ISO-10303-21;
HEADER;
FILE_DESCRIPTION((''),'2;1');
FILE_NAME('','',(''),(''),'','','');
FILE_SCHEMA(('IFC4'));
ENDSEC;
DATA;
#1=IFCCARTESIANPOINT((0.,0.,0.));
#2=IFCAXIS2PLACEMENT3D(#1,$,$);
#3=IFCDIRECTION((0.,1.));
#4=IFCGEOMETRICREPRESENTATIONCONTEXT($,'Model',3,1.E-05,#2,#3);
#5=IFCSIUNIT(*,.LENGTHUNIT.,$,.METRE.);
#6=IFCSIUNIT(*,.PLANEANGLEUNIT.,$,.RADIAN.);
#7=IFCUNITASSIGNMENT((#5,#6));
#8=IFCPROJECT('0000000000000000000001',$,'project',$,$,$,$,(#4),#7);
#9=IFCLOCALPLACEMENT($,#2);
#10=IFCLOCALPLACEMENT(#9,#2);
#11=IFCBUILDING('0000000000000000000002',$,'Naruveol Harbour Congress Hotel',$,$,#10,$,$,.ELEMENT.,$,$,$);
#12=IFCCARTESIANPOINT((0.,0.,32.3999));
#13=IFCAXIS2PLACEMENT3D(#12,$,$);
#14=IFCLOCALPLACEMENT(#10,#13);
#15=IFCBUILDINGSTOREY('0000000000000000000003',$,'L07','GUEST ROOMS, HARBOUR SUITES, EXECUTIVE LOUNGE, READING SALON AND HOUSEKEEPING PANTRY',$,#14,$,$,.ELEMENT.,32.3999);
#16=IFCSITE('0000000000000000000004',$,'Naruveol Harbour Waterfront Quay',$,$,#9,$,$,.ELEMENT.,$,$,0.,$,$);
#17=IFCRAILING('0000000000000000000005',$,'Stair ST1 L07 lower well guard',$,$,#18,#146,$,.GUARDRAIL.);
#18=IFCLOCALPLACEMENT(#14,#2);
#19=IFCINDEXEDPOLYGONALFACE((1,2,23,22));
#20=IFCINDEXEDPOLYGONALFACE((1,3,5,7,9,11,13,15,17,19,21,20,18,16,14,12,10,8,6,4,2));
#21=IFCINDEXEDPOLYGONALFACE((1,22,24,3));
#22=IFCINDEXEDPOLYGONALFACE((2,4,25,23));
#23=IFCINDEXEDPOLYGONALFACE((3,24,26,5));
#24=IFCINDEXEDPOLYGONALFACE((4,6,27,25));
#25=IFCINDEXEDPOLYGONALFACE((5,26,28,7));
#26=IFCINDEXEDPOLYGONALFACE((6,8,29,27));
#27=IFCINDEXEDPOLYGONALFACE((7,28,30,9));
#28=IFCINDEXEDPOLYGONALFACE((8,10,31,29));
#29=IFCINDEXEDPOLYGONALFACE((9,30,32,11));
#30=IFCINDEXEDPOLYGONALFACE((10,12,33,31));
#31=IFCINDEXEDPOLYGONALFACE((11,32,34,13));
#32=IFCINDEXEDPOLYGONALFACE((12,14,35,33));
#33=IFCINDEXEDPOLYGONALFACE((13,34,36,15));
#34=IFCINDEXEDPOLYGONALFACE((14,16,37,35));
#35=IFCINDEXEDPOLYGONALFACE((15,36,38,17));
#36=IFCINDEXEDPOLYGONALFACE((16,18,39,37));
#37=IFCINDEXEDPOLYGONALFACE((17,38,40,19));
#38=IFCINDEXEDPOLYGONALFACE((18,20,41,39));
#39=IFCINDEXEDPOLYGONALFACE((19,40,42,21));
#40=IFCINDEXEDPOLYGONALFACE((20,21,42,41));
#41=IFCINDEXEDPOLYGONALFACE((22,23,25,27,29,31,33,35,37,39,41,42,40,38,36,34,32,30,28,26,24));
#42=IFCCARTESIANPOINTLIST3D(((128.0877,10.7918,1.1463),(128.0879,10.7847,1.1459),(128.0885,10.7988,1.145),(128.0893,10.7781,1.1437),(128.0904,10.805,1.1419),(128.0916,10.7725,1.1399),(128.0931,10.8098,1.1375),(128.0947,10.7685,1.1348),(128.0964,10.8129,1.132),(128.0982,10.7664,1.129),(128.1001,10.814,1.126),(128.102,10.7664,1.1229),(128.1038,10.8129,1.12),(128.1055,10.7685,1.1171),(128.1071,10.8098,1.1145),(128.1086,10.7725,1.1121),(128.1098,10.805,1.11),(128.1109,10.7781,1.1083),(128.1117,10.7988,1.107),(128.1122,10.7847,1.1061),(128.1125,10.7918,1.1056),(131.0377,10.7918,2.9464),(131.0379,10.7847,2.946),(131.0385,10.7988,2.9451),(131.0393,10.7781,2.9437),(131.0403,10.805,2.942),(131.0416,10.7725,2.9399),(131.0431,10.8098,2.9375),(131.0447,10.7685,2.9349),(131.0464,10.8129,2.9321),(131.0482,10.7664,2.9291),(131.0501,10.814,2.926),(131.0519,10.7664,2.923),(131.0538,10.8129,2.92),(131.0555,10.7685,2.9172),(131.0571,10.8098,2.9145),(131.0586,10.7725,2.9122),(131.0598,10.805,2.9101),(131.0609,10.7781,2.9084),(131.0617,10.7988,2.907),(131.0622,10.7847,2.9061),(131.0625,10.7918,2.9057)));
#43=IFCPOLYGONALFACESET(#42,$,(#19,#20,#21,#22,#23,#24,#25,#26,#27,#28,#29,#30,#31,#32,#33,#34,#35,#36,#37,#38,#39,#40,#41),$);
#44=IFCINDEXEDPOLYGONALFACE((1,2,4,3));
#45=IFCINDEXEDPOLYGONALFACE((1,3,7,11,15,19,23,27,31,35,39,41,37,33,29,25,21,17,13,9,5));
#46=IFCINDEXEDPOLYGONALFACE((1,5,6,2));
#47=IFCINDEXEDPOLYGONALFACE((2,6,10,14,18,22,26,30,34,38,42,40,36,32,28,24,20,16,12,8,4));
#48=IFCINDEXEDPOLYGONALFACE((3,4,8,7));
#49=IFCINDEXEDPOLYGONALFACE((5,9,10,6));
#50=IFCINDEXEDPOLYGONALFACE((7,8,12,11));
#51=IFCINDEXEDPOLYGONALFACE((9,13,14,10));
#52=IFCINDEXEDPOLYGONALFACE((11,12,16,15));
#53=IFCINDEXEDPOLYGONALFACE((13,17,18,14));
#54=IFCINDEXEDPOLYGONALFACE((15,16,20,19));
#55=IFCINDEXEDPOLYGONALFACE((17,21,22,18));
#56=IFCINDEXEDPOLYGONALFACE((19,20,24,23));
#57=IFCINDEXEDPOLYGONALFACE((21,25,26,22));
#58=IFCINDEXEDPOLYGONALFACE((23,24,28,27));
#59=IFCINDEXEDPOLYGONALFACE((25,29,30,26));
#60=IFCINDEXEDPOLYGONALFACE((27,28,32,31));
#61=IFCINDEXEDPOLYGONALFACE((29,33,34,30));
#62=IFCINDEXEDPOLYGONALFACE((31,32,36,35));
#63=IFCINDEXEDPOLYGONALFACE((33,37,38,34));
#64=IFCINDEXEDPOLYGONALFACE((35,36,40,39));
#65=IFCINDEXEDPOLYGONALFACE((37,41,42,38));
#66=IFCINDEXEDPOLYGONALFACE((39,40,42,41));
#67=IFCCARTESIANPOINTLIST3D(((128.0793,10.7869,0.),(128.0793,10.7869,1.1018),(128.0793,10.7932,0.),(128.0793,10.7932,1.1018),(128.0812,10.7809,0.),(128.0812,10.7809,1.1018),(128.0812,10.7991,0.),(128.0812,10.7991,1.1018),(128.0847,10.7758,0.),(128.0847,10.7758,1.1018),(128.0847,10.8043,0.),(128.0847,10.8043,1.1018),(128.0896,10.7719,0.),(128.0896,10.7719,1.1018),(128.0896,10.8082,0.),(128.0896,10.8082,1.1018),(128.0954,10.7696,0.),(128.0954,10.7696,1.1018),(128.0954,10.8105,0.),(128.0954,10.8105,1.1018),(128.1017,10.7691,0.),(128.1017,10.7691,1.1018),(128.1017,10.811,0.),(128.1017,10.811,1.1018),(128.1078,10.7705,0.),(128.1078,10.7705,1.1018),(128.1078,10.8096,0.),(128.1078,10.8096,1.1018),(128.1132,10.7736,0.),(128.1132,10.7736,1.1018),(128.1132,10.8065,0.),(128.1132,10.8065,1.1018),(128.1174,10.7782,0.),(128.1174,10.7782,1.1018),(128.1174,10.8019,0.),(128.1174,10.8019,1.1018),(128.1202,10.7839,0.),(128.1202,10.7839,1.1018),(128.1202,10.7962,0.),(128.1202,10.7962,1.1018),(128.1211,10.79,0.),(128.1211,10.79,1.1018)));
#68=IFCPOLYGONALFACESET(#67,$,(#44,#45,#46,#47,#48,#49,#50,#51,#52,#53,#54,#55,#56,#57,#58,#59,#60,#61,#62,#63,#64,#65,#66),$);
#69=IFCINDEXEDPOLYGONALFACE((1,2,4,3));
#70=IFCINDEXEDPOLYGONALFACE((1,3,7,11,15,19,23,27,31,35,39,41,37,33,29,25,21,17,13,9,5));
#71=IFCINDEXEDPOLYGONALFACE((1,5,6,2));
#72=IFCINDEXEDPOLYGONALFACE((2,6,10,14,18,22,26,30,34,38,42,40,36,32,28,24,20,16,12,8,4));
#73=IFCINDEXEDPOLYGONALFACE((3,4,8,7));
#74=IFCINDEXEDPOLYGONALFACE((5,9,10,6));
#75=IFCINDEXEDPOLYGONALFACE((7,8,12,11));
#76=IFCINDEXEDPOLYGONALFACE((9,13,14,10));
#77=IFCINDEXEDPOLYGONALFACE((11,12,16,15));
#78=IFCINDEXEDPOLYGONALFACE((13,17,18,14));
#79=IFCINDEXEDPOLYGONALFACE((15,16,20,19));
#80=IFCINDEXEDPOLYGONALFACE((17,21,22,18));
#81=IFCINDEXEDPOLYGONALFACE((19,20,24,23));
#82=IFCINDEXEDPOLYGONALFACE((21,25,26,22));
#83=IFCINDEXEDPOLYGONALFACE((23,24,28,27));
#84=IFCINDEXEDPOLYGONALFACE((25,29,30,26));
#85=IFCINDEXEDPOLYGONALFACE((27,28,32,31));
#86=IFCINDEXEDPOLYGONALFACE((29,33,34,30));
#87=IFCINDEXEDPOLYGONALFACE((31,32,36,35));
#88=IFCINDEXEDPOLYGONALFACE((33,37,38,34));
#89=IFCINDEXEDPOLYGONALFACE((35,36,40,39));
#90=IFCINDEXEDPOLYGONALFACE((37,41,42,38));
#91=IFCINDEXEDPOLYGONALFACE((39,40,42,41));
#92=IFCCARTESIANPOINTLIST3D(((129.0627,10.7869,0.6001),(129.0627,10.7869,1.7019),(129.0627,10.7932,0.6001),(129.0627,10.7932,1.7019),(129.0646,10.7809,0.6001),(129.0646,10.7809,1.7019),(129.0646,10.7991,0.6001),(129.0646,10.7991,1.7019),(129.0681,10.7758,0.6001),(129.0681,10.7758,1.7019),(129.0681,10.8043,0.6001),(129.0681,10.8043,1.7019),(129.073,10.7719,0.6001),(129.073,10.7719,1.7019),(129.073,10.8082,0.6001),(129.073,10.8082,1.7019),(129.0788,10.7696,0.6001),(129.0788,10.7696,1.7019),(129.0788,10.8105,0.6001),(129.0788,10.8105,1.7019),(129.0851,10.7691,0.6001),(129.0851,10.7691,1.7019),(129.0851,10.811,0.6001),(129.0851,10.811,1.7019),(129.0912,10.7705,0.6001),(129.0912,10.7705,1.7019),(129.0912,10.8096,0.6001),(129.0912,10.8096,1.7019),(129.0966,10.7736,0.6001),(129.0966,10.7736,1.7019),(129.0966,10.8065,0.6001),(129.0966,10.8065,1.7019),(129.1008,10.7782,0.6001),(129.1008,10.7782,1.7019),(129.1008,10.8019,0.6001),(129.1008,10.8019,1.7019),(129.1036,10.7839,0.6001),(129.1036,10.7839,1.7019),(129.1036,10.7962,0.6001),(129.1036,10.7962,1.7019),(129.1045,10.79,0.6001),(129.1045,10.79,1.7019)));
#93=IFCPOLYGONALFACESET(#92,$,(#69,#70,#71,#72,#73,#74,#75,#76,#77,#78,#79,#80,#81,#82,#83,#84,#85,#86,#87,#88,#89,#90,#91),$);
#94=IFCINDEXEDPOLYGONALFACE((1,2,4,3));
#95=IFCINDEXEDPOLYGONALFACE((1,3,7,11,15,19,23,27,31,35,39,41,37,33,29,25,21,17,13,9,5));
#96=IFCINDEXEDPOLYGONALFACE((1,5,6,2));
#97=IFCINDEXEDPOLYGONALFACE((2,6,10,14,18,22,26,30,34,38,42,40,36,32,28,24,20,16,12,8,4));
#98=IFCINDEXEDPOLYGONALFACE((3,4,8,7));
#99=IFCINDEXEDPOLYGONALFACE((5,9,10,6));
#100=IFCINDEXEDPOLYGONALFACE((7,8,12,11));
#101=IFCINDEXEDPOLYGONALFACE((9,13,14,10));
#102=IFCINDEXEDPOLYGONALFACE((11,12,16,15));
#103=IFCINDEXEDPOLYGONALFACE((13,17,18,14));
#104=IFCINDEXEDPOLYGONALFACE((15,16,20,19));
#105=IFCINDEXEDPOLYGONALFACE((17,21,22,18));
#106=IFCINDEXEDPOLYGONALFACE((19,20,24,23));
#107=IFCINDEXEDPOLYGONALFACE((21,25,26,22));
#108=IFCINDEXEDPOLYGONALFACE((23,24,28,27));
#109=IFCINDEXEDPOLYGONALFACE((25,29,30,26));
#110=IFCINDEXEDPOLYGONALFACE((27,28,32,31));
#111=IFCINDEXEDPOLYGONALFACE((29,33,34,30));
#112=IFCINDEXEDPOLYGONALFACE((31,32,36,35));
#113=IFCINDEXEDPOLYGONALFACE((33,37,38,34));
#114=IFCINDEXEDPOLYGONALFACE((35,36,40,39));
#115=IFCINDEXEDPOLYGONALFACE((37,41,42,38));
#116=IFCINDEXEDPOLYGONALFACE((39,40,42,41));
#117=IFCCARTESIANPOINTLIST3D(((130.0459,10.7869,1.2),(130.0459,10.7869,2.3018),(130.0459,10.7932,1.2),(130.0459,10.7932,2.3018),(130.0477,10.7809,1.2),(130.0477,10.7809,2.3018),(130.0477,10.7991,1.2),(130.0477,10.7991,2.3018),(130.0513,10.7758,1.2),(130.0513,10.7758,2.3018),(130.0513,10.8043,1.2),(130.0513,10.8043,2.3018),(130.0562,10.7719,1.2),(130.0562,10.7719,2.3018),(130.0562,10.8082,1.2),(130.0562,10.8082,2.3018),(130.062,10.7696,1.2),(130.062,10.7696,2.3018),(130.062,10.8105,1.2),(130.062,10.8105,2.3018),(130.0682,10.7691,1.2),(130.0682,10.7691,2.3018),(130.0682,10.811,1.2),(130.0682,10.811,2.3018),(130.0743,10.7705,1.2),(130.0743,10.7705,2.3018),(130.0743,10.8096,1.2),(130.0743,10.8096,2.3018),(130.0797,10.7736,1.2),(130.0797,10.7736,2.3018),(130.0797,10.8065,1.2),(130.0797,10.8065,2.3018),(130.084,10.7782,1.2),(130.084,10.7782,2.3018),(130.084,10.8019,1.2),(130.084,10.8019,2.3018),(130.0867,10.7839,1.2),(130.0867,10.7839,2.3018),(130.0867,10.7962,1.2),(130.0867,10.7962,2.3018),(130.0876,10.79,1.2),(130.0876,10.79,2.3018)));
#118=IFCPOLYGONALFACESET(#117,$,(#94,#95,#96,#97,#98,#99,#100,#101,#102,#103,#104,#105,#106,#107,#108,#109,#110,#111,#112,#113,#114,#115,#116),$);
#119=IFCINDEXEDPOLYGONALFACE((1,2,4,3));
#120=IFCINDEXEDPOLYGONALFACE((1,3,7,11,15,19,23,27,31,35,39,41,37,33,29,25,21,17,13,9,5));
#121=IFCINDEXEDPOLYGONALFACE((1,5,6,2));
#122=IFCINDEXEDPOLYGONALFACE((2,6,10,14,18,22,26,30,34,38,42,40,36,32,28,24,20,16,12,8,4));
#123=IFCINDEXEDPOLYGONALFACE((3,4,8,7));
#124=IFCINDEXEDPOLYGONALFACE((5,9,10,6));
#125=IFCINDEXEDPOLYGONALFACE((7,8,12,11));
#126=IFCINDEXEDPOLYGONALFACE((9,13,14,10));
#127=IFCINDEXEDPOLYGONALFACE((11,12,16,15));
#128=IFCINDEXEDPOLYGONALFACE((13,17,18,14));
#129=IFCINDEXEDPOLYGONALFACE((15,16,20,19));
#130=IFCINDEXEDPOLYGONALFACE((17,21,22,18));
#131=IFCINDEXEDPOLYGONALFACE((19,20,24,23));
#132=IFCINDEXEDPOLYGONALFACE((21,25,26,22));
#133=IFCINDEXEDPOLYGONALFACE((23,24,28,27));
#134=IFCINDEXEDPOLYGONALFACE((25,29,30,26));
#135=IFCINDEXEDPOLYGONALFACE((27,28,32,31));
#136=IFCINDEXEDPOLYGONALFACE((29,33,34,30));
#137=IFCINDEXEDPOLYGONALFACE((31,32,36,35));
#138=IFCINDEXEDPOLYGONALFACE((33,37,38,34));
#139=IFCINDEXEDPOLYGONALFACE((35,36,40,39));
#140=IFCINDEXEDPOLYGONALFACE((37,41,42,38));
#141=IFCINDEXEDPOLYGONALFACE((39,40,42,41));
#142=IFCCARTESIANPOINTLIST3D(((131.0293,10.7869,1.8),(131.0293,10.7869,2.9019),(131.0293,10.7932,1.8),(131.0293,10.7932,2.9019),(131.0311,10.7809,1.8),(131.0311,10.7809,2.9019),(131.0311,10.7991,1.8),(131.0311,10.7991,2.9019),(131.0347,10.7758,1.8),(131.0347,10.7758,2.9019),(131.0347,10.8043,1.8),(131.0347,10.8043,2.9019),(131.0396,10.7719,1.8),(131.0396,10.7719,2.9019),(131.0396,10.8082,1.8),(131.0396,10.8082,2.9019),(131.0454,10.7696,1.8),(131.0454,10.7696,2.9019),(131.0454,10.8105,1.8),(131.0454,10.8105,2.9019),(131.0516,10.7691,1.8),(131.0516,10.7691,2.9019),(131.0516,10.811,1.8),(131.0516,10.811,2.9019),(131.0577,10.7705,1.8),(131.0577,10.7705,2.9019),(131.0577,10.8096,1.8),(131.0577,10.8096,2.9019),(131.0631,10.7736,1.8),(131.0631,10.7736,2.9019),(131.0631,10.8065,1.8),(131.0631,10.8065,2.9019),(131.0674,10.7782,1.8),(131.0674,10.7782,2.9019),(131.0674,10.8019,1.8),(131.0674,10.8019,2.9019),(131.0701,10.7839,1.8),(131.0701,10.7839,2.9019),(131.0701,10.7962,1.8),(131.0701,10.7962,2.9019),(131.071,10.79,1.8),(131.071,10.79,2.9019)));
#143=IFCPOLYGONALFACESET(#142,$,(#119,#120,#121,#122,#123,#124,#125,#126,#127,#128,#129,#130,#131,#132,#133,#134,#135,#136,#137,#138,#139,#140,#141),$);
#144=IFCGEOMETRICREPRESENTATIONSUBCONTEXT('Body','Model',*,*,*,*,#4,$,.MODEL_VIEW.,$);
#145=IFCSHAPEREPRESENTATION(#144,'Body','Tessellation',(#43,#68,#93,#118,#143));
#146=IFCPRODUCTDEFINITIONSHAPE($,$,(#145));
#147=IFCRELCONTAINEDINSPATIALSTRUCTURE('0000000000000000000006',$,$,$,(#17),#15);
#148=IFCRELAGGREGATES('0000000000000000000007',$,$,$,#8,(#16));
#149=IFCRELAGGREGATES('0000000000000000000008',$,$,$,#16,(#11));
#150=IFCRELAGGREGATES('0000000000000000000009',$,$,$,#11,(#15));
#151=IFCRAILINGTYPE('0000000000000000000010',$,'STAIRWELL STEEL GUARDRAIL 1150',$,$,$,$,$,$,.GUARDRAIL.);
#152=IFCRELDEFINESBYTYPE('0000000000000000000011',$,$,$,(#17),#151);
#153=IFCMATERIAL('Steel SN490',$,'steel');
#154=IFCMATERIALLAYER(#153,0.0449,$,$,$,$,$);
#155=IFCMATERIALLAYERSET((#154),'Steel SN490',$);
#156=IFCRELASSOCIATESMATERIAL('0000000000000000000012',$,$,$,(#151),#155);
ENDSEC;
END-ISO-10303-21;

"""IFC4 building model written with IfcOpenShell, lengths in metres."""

from ifc_helpers import new_model, si_unit, direction, frame, origin, origin_2d, place, context, subcontext, project, spatial, circle, extrude, material, layer, layer_set, type_object, element, save


model = new_model("IFC4")

# Units and contexts
model_context = context("Model", 3, precision=1e-05, world=origin(), true_north=direction((0.0, 1.0)))
body_context = subcontext(model_context, "Body", "Model", "MODEL_VIEW")
ifc_project = project(units=[si_unit("LENGTHUNIT", "METRE"), si_unit("PLANEANGLEUNIT", "RADIAN")], contexts=[model_context])

# Site, building, storey
site_placement = place(None, origin())
site = spatial("IfcSite", under=ifc_project, at=site_placement, Name="Naruveol Harbour Waterfront Quay", CompositionType="ELEMENT", RefElevation=0.0)
building_placement = place(site_placement, origin())
building = spatial("IfcBuilding", under=site, at=building_placement, Name="Naruveol Harbour Congress Hotel", CompositionType="ELEMENT")
storey_placement = place(building_placement, frame((0.0, 0.0, 32.3999)))
storey = spatial("IfcBuildingStorey", under=building, at=storey_placement, Name="L07", Description="GUEST ROOMS, HARBOUR SUITES, EXECUTIVE LOUNGE, READING SALON AND HOUSEKEEPING PANTRY", CompositionType="ELEMENT", Elevation=32.3999)

# Railing
ifc_material_1 = material(Name="Steel SN490", Category="steel")
ifc_layer_1 = layer(ifc_material_1, 0.0449)
ifc_layer_set_1 = layer_set([ifc_layer_1], Name="Steel SN490")
railing_type = type_object("IfcRailingType", Name="STAIRWELL STEEL GUARDRAIL 1150", PredefinedType="GUARDRAIL", material=ifc_layer_set_1)
railing_1_placement = place(storey_placement, frame((128.1001, 10.79, 0.0)))
element("IfcRailing", 1, at=railing_1_placement, inside=storey, type_object=railing_type, Name="Stair ST1 L07 lower well guard", PredefinedType="GUARDRAIL", context=body_context, shape_type="SweptSolid", body=[
    extrude(circle(Radius=0.0239, at=origin_2d()), frame((0.0, 0.0, 1.126), z_axis=(0.853629, 0.0, 0.520881), x_axis=(0.0, 1.0, 0.0)), (0.0, 0.0, 1.0), 3.4558),
    extrude(circle(Radius=0.021, at=origin_2d()), origin(), (0.0, 0.0, 1.0), 1.1018),
    extrude(circle(Radius=0.021, at=origin_2d()), frame((0.9834, 0.0, 0.6001)), (0.0, 0.0, 1.0), 1.1018),
    extrude(circle(Radius=0.021, at=origin_2d()), frame((1.9666, 0.0, 1.2)), (0.0, 0.0, 1.0), 1.1018),
    extrude(circle(Radius=0.021, at=origin_2d()), frame((2.95, 0.0, 1.8)), (0.0, 0.0, 1.0), 1.1018),
])

save(model, "model.ifc")
